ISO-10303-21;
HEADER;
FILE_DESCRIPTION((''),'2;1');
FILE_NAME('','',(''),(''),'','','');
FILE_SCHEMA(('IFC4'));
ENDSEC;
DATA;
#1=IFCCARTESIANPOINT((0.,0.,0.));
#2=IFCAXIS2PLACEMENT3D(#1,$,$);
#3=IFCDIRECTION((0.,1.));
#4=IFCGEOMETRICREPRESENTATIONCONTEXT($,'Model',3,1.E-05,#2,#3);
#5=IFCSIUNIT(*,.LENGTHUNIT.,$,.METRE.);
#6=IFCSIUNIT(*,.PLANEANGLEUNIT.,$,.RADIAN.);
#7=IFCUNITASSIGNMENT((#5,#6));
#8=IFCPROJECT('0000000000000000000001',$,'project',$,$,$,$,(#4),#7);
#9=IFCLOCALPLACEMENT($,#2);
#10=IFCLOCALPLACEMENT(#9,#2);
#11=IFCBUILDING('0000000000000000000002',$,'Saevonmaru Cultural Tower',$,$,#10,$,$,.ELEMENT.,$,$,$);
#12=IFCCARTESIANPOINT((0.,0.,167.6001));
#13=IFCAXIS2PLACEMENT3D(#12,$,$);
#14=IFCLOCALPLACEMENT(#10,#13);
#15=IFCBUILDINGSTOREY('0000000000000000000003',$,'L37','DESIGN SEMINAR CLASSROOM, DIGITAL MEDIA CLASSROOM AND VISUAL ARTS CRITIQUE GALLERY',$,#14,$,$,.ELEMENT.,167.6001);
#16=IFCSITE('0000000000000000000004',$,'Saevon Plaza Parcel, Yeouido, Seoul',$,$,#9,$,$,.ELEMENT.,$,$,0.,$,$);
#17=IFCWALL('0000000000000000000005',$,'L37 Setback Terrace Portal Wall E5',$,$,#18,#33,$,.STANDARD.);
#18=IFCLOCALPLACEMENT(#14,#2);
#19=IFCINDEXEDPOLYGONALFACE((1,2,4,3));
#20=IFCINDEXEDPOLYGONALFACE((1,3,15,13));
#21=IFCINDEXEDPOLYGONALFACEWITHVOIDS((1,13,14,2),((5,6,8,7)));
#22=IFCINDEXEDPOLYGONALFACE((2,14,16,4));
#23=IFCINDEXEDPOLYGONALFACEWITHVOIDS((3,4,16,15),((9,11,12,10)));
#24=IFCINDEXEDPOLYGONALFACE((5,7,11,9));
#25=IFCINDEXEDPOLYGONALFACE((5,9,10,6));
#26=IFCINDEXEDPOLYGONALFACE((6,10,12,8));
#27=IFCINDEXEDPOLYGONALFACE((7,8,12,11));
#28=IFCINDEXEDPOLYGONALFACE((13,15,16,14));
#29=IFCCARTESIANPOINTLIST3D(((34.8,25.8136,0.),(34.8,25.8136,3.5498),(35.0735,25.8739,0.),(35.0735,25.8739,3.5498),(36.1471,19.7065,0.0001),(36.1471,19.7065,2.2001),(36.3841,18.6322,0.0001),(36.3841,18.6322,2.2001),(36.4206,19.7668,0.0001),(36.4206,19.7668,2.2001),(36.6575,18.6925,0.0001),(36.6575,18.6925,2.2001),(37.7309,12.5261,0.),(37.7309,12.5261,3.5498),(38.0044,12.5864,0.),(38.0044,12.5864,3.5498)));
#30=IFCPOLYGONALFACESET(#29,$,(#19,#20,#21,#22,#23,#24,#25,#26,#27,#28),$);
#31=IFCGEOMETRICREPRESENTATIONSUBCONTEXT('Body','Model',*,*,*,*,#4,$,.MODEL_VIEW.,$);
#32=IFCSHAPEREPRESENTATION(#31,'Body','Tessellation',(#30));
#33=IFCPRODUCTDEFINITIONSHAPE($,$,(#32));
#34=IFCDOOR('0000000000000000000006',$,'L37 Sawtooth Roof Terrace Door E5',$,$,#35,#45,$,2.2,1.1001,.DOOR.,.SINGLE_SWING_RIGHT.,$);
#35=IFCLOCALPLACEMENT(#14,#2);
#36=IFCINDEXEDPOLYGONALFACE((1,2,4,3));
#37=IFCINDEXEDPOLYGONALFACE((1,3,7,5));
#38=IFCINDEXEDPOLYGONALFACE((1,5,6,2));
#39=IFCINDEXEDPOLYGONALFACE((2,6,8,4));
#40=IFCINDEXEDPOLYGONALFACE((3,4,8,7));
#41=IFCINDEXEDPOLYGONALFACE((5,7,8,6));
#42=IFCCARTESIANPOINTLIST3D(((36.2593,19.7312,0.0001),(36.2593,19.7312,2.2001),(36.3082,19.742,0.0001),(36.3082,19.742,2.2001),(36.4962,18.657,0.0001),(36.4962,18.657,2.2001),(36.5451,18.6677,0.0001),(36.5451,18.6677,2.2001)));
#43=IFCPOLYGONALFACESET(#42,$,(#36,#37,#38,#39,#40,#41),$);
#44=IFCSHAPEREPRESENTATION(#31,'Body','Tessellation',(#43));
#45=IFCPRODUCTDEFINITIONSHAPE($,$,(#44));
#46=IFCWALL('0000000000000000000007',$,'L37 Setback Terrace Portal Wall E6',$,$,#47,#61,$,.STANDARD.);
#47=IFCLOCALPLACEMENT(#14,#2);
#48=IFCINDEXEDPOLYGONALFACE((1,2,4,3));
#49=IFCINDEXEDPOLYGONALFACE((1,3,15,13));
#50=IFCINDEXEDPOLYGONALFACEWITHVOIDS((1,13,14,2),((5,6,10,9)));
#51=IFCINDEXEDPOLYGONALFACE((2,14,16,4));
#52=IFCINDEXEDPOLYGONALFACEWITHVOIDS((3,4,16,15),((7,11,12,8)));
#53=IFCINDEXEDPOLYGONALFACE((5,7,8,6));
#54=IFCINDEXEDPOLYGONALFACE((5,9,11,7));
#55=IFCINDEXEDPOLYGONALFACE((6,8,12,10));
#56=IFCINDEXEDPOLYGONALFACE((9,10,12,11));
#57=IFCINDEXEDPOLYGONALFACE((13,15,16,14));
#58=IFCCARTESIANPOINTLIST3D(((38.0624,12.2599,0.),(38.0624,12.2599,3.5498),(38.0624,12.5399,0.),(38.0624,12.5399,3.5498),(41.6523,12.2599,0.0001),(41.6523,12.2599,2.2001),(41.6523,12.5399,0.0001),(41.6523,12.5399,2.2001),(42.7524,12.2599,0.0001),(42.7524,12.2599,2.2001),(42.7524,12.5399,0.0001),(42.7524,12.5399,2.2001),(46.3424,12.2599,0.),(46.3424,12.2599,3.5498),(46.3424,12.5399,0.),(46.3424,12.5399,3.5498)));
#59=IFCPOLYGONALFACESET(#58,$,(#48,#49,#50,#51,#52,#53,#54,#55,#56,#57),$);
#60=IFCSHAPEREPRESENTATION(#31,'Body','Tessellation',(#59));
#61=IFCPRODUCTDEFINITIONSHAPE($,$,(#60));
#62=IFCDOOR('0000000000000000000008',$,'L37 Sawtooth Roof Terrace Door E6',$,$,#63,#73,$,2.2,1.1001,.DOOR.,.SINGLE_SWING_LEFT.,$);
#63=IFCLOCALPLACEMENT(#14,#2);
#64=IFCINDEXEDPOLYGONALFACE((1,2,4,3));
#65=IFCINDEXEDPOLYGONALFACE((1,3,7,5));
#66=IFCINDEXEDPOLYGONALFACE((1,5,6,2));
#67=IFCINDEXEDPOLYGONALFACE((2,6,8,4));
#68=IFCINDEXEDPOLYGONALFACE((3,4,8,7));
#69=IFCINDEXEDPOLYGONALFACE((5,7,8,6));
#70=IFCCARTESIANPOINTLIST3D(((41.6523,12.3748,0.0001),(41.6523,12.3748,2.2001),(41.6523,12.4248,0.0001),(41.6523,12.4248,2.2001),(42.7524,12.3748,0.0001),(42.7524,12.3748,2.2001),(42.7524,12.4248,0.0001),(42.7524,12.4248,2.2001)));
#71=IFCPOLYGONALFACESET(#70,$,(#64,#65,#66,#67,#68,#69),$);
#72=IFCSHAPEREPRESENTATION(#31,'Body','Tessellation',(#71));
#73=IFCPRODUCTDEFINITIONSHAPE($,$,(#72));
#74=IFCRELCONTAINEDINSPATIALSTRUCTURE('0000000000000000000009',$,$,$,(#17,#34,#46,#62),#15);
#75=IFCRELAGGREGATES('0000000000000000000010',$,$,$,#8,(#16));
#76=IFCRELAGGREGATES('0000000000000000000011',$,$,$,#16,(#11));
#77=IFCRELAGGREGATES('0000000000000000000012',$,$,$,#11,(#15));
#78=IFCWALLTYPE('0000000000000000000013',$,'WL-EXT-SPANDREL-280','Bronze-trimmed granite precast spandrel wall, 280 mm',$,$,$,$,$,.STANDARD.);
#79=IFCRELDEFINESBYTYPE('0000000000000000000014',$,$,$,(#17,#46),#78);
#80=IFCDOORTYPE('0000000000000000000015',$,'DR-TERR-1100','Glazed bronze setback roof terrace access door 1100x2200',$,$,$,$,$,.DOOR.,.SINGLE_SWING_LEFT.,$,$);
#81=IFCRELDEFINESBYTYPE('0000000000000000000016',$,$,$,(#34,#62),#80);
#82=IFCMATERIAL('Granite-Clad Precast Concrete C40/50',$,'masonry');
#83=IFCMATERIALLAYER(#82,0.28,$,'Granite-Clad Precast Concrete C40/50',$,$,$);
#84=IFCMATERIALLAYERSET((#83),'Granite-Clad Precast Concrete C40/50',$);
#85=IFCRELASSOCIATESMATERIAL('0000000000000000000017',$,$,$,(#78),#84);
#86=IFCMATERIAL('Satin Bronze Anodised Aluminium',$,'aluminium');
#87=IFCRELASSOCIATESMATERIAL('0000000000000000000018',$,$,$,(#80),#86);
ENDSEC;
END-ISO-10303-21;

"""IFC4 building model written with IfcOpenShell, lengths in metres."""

from ifc_helpers import new_model, si_unit, direction, frame, frame_2d, origin, place, context, subcontext, project, spatial, rectangle, extrude, material, layer, layer_set, type_object, element, fill, save


model = new_model("IFC4")

# Units and contexts
model_context = context("Model", 3, precision=1e-05, world=origin(), true_north=direction((0.0, 1.0)))
body_context = subcontext(model_context, "Body", "Model", "MODEL_VIEW")
ifc_project = project(units=[si_unit("LENGTHUNIT", "METRE"), si_unit("PLANEANGLEUNIT", "RADIAN")], contexts=[model_context])

# Site, building, storey
site_placement = place(None, origin())
site = spatial("IfcSite", under=ifc_project, at=site_placement, Name="Saevon Plaza Parcel, Yeouido, Seoul", CompositionType="ELEMENT", RefElevation=0.0)
building_placement = place(site_placement, origin())
building = spatial("IfcBuilding", under=site, at=building_placement, Name="Saevonmaru Cultural Tower", CompositionType="ELEMENT")
storey_placement = place(building_placement, frame((0.0, 0.0, 167.6001)))
storey = spatial("IfcBuildingStorey", under=building, at=storey_placement, Name="L37", Description="DESIGN SEMINAR CLASSROOM, DIGITAL MEDIA CLASSROOM AND VISUAL ARTS CRITIQUE GALLERY", CompositionType="ELEMENT", Elevation=167.6001)

# Shared definitions
ifc_material_1 = material(Name="Satin Bronze Anodised Aluminium", Category="aluminium")

# Walls, openings, doors
ifc_material_2 = material(Name="Granite-Clad Precast Concrete C40/50", Category="masonry")
ifc_layer_1 = layer(ifc_material_2, 0.28, Name="Granite-Clad Precast Concrete C40/50")
ifc_layer_set_1 = layer_set([ifc_layer_1], Name="Granite-Clad Precast Concrete C40/50")
wall_type = type_object("IfcWallType", Name="WL-EXT-SPANDREL-280", Description="Bronze-trimmed granite precast spandrel wall, 280 mm", PredefinedType="STANDARD", material=ifc_layer_set_1)
door_type = type_object("IfcDoorType", Name="DR-TERR-1100", Description="Glazed bronze setback roof terrace access door 1100x2200", OperationType="SINGLE_SWING_LEFT", PredefinedType="DOOR", material=ifc_material_1)
wall_1_placement = place(storey_placement, frame((34.9368, 25.8438, 0.0), z_axis=(0.0, 0.0, 1.0), x_axis=(0.215397, -0.976527, 0.0)))
wall_1 = element("IfcWall", 1, at=wall_1_placement, inside=storey, type_object=wall_type, Name="L37 Setback Terrace Portal Wall E5", PredefinedType="STANDARD", context=body_context, shape_type="SweptSolid", body=[
    extrude(rectangle(XDim=13.6069, YDim=0.28, at=frame_2d((6.8035, 0.0))), origin(), (0.0, 0.0, 1.0), 3.5498),
])
opening_1_placement = place(wall_1_placement, frame((6.2539, 0.0, 0.0)))
opening_1 = element("IfcOpeningElement", 2, at=opening_1_placement, cuts=wall_1, PredefinedType="OPENING", context=body_context, shape_type="SweptSolid", body=[
    extrude(rectangle(XDim=1.1001, YDim=2.2, at=frame_2d((0.55, 1.1001))), frame((0.0, 0.1499, 0.0), z_axis=(0.0, -1.0, 0.0), x_axis=(1.0, 0.0, 0.0)), (0.0, 0.0, 1.0), 0.3),
])
door_1_placement = place(opening_1_placement, origin())
door_1 = element("IfcDoor", 3, at=door_1_placement, inside=storey, type_object=door_type, Name="L37 Sawtooth Roof Terrace Door E5", OperationType="SINGLE_SWING_RIGHT", OverallHeight=2.2, OverallWidth=1.1001, PredefinedType="DOOR", context=body_context, shape_type="SweptSolid", body=[
    extrude(rectangle(XDim=1.1001, YDim=2.2, at=frame_2d((0.55, 1.1001))), frame((0.0, 0.0249, 0.0), z_axis=(0.0, -1.0, 0.0), x_axis=(1.0, 0.0, 0.0)), (0.0, 0.0, 1.0), 0.05),
])
fill(opening_1, door_1)
wall_2_placement = place(storey_placement, frame((38.0623, 12.3999, 0.0), z_axis=(0.0, 0.0, 1.0), x_axis=(1.0, 0.0, 0.0)))
wall_2 = element("IfcWall", 4, at=wall_2_placement, inside=storey, type_object=wall_type, Name="L37 Setback Terrace Portal Wall E6", PredefinedType="STANDARD", context=body_context, shape_type="SweptSolid", body=[
    extrude(rectangle(XDim=8.28, YDim=0.28, at=frame_2d((4.1401, 0.0))), origin(), (0.0, 0.0, 1.0), 3.5498),
])
opening_2_placement = place(wall_2_placement, frame((3.5901, 0.0, 0.0)))
opening_2 = element("IfcOpeningElement", 5, at=opening_2_placement, cuts=wall_2, PredefinedType="OPENING", context=body_context, shape_type="SweptSolid", body=[
    extrude(rectangle(XDim=1.1001, YDim=2.2, at=frame_2d((0.55, 1.1001))), frame((0.0, 0.1499, 0.0), z_axis=(0.0, -1.0, 0.0), x_axis=(1.0, 0.0, 0.0)), (0.0, 0.0, 1.0), 0.3),
])
door_2_placement = place(opening_2_placement, origin())
door_2 = element("IfcDoor", 6, at=door_2_placement, inside=storey, type_object=door_type, Name="L37 Sawtooth Roof Terrace Door E6", OperationType="SINGLE_SWING_LEFT", OverallHeight=2.2, OverallWidth=1.1001, PredefinedType="DOOR", context=body_context, shape_type="SweptSolid", body=[
    extrude(rectangle(XDim=1.1001, YDim=2.2, at=frame_2d((0.55, 1.1001))), frame((0.0, 0.0249, 0.0), z_axis=(0.0, -1.0, 0.0), x_axis=(1.0, 0.0, 0.0)), (0.0, 0.0, 1.0), 0.05),
])
fill(opening_2, door_2)

save(model, "model.ifc")
